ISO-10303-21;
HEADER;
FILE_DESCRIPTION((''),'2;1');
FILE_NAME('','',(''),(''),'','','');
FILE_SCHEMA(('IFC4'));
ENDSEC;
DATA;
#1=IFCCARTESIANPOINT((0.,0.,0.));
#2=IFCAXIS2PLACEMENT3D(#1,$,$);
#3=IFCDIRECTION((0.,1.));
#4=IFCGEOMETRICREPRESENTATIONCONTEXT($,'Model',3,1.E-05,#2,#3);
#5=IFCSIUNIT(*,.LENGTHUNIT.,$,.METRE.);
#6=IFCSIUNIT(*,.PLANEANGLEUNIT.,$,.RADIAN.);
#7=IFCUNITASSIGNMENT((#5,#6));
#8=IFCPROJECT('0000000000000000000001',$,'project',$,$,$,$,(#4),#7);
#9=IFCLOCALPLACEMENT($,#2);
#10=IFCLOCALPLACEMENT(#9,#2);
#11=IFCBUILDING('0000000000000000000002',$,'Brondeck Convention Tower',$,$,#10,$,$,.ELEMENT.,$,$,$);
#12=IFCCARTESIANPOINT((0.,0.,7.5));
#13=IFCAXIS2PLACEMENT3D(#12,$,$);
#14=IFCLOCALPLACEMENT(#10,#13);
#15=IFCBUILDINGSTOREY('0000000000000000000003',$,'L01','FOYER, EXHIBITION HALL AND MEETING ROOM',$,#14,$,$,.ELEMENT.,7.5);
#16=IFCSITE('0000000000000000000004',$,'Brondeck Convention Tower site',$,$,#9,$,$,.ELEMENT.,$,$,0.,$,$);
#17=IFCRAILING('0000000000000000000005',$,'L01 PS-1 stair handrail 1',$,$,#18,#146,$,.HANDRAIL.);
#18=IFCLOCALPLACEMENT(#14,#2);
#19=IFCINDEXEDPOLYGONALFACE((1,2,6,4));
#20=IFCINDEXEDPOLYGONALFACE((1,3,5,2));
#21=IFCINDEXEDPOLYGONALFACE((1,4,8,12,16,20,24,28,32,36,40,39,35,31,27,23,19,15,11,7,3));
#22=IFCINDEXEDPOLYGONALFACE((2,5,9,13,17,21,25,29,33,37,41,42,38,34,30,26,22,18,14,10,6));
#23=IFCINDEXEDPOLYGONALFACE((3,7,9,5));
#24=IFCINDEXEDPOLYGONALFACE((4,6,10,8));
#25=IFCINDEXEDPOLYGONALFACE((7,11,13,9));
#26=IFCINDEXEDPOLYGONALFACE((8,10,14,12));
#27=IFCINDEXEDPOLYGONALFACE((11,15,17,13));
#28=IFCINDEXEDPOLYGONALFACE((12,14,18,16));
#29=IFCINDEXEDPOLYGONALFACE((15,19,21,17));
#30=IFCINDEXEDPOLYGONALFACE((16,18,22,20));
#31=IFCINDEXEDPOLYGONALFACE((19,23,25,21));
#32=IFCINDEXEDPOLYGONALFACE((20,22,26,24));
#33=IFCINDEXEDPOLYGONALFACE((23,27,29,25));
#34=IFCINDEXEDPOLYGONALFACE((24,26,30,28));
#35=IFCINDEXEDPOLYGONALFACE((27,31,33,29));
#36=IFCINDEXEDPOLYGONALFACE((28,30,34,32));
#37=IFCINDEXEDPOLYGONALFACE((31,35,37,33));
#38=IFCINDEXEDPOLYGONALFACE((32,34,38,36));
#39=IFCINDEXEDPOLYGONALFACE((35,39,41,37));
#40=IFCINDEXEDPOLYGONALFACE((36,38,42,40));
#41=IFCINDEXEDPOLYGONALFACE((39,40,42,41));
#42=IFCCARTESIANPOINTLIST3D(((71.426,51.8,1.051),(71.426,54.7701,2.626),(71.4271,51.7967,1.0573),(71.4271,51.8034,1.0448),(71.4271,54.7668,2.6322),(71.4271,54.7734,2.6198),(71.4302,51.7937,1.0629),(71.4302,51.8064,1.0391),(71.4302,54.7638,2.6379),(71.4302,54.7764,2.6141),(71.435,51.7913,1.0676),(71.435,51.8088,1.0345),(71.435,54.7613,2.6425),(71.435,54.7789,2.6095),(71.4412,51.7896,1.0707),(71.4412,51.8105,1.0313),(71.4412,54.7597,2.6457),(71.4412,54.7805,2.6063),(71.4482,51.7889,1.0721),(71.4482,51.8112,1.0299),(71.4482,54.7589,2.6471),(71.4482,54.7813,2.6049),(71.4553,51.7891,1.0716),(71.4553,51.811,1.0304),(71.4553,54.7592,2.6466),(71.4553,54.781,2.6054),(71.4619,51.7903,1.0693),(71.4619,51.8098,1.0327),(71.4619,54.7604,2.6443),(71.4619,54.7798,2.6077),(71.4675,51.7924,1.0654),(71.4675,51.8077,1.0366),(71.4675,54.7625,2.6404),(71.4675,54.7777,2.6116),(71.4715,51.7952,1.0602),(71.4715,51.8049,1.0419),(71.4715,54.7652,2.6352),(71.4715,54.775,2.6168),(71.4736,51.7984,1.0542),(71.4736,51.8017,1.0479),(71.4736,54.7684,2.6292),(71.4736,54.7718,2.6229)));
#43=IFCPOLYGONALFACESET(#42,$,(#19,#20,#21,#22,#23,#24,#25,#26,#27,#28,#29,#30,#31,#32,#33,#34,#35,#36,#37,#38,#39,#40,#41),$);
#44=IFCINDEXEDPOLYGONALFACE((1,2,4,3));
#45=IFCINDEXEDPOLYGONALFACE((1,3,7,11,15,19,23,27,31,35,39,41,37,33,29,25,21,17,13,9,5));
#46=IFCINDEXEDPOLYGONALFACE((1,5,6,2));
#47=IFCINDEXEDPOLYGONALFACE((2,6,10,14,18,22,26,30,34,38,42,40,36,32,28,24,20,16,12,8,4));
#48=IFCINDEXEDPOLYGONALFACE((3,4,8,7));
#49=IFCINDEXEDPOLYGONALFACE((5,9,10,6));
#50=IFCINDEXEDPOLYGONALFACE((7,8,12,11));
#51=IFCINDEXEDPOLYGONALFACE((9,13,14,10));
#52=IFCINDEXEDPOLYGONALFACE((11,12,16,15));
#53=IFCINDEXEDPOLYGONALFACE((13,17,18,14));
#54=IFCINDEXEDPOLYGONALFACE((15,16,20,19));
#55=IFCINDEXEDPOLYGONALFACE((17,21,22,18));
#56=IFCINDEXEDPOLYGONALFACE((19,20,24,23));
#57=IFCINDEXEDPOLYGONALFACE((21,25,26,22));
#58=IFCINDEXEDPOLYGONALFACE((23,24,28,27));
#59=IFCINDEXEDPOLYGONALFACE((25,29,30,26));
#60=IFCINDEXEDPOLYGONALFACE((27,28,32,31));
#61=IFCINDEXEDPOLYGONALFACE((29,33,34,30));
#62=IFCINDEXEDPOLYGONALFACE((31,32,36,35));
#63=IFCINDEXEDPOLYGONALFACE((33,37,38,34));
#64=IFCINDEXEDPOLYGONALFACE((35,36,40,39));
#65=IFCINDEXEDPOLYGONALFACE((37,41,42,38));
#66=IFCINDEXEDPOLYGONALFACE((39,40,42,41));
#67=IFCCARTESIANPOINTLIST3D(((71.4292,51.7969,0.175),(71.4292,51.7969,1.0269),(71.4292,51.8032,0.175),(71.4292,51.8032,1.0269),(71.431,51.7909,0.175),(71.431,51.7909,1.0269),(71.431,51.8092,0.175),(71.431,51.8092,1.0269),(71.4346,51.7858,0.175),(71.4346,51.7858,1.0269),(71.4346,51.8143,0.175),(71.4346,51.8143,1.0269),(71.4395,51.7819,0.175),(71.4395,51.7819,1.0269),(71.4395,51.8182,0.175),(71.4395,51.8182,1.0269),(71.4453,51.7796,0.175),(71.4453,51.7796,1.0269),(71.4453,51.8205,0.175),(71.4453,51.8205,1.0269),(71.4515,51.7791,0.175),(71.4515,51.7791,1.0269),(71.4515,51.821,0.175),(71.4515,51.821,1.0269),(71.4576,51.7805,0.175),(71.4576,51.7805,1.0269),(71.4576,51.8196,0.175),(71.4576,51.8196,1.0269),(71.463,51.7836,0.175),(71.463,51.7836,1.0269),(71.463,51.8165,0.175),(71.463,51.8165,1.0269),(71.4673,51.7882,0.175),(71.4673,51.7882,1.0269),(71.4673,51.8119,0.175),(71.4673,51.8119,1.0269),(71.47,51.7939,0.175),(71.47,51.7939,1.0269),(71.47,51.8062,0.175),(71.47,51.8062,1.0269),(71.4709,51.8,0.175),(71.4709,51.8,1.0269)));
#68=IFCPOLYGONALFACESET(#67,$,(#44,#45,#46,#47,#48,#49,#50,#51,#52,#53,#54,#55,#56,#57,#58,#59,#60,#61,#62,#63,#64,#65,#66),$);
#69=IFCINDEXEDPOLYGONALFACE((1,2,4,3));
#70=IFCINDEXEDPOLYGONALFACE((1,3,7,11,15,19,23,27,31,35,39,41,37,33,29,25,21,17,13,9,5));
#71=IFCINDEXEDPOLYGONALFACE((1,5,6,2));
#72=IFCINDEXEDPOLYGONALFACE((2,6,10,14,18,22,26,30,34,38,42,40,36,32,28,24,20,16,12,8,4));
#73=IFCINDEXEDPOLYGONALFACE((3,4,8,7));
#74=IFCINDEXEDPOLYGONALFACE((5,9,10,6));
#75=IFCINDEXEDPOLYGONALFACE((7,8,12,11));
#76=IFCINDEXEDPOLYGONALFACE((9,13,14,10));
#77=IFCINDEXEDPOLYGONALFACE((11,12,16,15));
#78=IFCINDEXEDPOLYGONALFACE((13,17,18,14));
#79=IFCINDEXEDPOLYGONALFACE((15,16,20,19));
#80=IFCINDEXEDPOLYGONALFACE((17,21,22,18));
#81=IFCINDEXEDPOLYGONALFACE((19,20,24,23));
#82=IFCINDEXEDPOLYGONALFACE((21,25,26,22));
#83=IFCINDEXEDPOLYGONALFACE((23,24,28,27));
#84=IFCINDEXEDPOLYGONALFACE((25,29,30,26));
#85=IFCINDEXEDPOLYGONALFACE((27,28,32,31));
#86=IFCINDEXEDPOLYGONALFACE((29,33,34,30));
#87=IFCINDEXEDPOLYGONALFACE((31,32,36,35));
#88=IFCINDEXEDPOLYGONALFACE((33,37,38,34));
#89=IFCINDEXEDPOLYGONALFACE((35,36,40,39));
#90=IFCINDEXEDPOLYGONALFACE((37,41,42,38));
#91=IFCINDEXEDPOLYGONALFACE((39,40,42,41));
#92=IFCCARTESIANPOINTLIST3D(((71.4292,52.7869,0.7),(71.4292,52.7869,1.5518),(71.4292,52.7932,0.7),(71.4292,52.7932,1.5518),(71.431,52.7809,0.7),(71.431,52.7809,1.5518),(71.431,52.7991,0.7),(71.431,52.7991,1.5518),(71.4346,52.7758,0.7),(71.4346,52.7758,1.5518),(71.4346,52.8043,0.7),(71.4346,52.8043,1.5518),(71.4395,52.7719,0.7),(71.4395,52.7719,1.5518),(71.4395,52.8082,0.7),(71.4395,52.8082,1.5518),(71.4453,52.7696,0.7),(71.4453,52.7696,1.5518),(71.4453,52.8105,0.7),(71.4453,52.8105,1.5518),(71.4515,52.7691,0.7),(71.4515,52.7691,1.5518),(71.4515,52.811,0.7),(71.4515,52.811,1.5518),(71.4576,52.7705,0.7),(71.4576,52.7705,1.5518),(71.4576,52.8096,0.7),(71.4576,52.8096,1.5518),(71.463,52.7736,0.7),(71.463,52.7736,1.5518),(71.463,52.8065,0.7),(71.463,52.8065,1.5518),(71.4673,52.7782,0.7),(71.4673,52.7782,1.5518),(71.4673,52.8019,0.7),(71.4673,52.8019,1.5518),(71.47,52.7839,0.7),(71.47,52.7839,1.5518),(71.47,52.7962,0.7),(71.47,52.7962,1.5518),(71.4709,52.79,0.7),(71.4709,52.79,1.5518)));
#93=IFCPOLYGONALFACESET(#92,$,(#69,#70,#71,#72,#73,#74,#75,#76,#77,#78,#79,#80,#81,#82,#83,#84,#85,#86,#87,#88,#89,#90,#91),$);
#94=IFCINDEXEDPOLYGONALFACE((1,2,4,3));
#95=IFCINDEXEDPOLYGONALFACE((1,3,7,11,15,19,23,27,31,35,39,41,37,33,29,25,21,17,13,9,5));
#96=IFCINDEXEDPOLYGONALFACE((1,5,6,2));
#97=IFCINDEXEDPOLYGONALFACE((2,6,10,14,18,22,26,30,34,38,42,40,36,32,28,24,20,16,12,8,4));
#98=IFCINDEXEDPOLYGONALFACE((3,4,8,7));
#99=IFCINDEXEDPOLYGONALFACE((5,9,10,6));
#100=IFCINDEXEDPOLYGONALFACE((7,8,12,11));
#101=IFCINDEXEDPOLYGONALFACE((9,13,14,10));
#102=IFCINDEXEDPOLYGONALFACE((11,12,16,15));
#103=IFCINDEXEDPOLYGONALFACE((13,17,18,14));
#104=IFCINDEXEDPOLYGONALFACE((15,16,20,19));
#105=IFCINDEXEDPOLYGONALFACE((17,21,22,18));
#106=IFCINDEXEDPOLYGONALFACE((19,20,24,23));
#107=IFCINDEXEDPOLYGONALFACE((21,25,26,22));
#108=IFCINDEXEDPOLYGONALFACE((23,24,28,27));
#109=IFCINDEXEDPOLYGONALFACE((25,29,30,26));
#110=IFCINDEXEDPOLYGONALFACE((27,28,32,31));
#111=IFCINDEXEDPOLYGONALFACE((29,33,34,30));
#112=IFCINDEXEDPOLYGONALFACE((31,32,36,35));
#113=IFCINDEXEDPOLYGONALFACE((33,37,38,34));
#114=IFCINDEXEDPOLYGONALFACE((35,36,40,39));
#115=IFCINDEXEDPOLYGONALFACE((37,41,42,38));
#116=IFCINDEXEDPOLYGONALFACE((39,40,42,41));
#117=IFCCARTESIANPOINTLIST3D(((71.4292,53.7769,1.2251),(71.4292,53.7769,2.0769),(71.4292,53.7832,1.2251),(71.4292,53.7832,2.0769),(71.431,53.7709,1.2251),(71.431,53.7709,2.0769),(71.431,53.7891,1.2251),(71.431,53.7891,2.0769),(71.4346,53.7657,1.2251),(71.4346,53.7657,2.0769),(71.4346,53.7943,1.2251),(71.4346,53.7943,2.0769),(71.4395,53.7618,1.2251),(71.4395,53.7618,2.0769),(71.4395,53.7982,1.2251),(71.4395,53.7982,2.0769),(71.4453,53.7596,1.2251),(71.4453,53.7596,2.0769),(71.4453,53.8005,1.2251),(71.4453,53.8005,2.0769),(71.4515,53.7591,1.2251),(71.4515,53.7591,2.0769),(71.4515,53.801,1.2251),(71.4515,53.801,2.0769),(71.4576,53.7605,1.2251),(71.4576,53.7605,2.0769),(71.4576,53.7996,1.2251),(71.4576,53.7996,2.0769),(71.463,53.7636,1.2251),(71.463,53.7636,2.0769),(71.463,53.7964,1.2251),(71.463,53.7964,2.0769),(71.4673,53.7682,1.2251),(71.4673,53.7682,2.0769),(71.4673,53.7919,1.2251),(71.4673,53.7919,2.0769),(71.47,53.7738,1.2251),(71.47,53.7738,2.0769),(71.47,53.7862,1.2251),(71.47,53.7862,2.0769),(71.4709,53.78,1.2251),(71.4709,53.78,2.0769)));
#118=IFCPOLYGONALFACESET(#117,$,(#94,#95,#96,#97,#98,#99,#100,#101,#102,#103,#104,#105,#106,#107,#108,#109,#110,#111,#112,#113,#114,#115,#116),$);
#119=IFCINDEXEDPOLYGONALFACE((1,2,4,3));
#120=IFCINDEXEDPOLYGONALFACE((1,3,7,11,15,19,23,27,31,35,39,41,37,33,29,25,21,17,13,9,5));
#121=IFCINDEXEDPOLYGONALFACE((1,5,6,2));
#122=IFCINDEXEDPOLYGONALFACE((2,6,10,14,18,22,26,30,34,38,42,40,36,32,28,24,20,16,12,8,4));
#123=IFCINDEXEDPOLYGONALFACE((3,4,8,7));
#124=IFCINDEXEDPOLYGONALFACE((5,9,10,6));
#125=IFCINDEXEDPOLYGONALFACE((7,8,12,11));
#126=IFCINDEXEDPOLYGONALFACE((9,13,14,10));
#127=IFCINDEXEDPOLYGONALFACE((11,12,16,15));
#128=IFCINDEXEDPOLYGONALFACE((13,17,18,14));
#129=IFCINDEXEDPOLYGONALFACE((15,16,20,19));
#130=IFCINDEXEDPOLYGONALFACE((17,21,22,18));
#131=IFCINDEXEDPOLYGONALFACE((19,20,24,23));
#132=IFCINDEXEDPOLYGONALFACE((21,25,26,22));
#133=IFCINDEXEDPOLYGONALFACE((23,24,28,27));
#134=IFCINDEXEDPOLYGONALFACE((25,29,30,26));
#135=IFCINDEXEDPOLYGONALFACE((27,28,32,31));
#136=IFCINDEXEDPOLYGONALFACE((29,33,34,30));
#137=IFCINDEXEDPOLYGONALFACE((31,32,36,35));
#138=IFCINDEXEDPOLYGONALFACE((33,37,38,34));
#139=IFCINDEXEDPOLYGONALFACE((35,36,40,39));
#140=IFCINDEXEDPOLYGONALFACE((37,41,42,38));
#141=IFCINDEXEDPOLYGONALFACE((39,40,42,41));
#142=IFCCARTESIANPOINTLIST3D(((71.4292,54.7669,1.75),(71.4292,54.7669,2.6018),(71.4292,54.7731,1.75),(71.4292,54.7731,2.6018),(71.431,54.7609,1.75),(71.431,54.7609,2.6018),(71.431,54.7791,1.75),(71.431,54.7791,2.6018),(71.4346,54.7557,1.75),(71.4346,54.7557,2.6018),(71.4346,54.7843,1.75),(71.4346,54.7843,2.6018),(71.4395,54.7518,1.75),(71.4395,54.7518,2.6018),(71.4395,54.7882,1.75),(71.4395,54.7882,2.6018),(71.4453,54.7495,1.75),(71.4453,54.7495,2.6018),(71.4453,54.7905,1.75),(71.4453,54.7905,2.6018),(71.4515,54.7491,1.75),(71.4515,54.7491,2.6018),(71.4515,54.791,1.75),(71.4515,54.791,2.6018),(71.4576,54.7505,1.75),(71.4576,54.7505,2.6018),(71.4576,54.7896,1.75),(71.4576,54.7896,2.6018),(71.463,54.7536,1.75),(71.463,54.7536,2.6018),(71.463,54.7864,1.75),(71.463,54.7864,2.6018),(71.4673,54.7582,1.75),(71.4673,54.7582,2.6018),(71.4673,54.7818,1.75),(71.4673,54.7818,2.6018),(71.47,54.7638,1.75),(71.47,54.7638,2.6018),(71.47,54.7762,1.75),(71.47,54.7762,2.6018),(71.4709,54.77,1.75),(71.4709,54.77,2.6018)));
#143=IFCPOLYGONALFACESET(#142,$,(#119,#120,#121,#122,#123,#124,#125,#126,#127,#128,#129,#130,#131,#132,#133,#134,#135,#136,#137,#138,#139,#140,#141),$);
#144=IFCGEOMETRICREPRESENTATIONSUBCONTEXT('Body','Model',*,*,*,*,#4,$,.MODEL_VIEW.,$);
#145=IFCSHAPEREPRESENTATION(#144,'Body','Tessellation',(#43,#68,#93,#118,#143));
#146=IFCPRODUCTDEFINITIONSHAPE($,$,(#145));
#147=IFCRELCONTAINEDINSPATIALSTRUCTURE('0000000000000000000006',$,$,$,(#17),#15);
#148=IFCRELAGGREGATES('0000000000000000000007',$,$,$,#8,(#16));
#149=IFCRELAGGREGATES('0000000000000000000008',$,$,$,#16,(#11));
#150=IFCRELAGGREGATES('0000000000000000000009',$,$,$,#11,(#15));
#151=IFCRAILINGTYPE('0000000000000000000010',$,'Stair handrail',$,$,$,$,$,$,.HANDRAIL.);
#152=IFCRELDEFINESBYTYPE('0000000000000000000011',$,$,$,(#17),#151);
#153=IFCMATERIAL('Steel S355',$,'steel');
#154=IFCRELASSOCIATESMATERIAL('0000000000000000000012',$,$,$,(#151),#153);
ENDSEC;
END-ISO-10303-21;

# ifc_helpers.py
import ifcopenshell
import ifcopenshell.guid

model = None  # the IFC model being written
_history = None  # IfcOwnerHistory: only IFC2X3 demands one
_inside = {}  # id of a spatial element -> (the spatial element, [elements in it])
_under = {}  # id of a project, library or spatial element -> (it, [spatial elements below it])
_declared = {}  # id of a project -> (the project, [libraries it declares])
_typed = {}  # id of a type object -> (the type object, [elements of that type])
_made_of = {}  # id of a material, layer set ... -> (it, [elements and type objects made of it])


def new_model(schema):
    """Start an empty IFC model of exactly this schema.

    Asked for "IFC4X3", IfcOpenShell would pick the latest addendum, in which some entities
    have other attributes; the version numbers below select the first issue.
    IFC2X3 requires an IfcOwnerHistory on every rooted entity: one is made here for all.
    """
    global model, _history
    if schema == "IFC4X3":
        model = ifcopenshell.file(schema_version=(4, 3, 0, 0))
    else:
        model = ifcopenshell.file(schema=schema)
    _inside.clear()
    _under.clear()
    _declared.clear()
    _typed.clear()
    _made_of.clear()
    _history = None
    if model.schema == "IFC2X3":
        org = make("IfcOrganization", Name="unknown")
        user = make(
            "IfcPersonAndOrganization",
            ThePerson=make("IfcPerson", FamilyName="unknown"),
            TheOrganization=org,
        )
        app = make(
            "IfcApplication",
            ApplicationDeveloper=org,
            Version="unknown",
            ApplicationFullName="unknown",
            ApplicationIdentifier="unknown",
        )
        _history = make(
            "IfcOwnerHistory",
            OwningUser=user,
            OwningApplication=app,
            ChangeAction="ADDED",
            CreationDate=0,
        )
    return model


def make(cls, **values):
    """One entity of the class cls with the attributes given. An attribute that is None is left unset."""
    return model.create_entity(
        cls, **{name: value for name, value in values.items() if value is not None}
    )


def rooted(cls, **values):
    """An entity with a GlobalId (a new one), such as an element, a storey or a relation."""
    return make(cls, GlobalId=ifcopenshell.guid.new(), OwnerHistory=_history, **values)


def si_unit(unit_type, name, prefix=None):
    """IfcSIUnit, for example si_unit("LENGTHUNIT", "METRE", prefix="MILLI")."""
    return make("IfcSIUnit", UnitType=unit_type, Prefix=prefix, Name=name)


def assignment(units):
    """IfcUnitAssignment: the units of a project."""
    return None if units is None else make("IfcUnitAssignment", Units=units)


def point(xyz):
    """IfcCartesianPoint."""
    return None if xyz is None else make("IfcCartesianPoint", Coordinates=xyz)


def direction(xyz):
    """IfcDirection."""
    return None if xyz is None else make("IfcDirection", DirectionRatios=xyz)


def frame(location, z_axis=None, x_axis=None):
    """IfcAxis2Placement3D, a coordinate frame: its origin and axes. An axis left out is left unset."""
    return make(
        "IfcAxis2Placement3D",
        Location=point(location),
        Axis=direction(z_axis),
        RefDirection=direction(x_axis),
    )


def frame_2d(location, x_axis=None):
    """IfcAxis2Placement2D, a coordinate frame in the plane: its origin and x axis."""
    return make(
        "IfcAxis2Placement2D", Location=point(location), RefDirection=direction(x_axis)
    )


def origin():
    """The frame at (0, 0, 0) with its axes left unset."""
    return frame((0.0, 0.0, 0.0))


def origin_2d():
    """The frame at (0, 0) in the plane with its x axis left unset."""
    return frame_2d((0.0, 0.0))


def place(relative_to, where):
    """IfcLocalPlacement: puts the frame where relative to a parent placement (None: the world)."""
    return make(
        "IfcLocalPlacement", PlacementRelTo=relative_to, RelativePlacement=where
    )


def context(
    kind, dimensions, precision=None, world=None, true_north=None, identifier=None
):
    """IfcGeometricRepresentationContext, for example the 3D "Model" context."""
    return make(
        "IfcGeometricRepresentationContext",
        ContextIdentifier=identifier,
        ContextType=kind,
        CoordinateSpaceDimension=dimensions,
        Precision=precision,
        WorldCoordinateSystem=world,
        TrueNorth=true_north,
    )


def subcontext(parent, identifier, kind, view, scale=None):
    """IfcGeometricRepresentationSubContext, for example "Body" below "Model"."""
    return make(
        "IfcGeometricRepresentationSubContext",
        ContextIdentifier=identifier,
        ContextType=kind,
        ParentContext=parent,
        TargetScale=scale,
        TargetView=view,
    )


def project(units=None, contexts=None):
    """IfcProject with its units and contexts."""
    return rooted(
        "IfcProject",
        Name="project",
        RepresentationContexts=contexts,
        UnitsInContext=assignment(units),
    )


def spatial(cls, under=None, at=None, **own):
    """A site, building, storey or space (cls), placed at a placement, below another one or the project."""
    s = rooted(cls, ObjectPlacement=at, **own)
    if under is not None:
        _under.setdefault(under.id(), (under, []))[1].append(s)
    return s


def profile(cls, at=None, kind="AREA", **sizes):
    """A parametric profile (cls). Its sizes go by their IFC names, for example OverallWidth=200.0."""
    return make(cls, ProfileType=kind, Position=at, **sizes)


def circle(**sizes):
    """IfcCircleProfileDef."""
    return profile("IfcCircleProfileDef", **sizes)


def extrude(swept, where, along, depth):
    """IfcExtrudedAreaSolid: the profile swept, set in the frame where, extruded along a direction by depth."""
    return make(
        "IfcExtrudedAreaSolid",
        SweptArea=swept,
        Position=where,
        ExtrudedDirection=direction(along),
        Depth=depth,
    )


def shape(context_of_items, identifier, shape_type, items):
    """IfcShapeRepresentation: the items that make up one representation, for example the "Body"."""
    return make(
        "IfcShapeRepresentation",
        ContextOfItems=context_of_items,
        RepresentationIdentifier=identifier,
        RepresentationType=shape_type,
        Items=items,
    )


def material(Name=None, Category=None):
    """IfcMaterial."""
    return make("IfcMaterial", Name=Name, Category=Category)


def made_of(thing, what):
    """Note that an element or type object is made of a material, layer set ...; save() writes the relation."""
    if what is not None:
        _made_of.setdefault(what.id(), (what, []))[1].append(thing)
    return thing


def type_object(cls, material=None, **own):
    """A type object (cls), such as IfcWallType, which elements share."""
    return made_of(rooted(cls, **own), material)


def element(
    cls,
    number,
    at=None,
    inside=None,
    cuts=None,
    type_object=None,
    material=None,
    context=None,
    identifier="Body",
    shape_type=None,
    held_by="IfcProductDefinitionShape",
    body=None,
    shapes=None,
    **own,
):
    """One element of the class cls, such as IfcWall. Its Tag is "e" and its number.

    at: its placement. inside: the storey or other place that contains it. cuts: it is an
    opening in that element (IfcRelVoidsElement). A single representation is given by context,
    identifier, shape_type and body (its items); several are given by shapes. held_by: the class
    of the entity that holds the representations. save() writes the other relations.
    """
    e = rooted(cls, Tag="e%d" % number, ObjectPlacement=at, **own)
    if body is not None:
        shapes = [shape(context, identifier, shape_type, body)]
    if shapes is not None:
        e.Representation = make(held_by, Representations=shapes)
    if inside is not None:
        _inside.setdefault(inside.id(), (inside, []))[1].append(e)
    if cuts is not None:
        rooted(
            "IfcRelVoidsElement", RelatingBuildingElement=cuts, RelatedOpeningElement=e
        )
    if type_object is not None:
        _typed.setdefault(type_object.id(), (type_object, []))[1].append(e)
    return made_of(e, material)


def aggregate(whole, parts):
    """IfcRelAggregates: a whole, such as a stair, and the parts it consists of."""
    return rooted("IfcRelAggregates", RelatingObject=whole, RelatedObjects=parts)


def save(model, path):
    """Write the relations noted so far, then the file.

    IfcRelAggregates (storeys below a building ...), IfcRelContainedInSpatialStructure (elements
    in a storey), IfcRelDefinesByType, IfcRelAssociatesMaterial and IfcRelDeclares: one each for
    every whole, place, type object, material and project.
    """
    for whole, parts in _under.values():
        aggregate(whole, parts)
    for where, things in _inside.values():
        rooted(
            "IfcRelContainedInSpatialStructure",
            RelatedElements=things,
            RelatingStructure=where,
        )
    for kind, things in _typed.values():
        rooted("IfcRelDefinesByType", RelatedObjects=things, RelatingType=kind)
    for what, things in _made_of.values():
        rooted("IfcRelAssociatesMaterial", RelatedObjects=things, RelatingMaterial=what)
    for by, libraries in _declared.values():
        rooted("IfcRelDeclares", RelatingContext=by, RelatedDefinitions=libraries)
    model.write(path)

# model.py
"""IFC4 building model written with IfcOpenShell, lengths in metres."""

from ifc_helpers import new_model, si_unit, direction, frame, origin, origin_2d, place, context, subcontext, project, spatial, circle, extrude, material, type_object, element, save


model = new_model("IFC4")

# Units and contexts
model_context = context("Model", 3, precision=1e-05, world=origin(), true_north=direction((0.0, 1.0)))
body_context = subcontext(model_context, "Body", "Model", "MODEL_VIEW")
ifc_project = project(units=[si_unit("LENGTHUNIT", "METRE"), si_unit("PLANEANGLEUNIT", "RADIAN")], contexts=[model_context])

# Site, building, storey
site_placement = place(None, origin())
site = spatial("IfcSite", under=ifc_project, at=site_placement, Name="Brondeck Convention Tower site", CompositionType="ELEMENT", RefElevation=0.0)
building_placement = place(site_placement, origin())
building = spatial("IfcBuilding", under=site, at=building_placement, Name="Brondeck Convention Tower", CompositionType="ELEMENT")
storey_placement = place(building_placement, frame((0.0, 0.0, 7.5)))
storey = spatial("IfcBuildingStorey", under=building, at=storey_placement, Name="L01", Description="FOYER, EXHIBITION HALL AND MEETING ROOM", CompositionType="ELEMENT", Elevation=7.5)

# Railing
ifc_material_1 = material(Name="Steel S355", Category="steel")
railing_type_1 = type_object("IfcRailingType", Name="Stair handrail", PredefinedType="HANDRAIL", material=ifc_material_1)
railing_1_placement = place(storey_placement, frame((71.45, 51.8, 0.175)))
element("IfcRailing", 1, at=railing_1_placement, inside=storey, type_object=railing_type_1, Name="L01 PS-1 stair handrail 1", PredefinedType="HANDRAIL", context=body_context, shape_type="SweptSolid", body=[
    extrude(circle(Radius=0.0239, at=origin_2d()), frame((0.0, 0.0, 0.876), z_axis=(0.0, 0.883466, 0.468495), x_axis=(-1.0, 0.0, 0.0)), (0.0, 0.0, 1.0), 3.3618),
    extrude(circle(Radius=0.021, at=origin_2d()), origin(), (0.0, 0.0, 1.0), 0.8518),
    extrude(circle(Radius=0.021, at=origin_2d()), frame((0.0, 0.99, 0.5249)), (0.0, 0.0, 1.0), 0.8518),
    extrude(circle(Radius=0.021, at=origin_2d()), frame((0.0, 1.98, 1.05)), (0.0, 0.0, 1.0), 0.8518),
    extrude(circle(Radius=0.021, at=origin_2d()), frame((0.0, 2.97, 1.575)), (0.0, 0.0, 1.0), 0.8518),
])

save(model, "model.ifc")
